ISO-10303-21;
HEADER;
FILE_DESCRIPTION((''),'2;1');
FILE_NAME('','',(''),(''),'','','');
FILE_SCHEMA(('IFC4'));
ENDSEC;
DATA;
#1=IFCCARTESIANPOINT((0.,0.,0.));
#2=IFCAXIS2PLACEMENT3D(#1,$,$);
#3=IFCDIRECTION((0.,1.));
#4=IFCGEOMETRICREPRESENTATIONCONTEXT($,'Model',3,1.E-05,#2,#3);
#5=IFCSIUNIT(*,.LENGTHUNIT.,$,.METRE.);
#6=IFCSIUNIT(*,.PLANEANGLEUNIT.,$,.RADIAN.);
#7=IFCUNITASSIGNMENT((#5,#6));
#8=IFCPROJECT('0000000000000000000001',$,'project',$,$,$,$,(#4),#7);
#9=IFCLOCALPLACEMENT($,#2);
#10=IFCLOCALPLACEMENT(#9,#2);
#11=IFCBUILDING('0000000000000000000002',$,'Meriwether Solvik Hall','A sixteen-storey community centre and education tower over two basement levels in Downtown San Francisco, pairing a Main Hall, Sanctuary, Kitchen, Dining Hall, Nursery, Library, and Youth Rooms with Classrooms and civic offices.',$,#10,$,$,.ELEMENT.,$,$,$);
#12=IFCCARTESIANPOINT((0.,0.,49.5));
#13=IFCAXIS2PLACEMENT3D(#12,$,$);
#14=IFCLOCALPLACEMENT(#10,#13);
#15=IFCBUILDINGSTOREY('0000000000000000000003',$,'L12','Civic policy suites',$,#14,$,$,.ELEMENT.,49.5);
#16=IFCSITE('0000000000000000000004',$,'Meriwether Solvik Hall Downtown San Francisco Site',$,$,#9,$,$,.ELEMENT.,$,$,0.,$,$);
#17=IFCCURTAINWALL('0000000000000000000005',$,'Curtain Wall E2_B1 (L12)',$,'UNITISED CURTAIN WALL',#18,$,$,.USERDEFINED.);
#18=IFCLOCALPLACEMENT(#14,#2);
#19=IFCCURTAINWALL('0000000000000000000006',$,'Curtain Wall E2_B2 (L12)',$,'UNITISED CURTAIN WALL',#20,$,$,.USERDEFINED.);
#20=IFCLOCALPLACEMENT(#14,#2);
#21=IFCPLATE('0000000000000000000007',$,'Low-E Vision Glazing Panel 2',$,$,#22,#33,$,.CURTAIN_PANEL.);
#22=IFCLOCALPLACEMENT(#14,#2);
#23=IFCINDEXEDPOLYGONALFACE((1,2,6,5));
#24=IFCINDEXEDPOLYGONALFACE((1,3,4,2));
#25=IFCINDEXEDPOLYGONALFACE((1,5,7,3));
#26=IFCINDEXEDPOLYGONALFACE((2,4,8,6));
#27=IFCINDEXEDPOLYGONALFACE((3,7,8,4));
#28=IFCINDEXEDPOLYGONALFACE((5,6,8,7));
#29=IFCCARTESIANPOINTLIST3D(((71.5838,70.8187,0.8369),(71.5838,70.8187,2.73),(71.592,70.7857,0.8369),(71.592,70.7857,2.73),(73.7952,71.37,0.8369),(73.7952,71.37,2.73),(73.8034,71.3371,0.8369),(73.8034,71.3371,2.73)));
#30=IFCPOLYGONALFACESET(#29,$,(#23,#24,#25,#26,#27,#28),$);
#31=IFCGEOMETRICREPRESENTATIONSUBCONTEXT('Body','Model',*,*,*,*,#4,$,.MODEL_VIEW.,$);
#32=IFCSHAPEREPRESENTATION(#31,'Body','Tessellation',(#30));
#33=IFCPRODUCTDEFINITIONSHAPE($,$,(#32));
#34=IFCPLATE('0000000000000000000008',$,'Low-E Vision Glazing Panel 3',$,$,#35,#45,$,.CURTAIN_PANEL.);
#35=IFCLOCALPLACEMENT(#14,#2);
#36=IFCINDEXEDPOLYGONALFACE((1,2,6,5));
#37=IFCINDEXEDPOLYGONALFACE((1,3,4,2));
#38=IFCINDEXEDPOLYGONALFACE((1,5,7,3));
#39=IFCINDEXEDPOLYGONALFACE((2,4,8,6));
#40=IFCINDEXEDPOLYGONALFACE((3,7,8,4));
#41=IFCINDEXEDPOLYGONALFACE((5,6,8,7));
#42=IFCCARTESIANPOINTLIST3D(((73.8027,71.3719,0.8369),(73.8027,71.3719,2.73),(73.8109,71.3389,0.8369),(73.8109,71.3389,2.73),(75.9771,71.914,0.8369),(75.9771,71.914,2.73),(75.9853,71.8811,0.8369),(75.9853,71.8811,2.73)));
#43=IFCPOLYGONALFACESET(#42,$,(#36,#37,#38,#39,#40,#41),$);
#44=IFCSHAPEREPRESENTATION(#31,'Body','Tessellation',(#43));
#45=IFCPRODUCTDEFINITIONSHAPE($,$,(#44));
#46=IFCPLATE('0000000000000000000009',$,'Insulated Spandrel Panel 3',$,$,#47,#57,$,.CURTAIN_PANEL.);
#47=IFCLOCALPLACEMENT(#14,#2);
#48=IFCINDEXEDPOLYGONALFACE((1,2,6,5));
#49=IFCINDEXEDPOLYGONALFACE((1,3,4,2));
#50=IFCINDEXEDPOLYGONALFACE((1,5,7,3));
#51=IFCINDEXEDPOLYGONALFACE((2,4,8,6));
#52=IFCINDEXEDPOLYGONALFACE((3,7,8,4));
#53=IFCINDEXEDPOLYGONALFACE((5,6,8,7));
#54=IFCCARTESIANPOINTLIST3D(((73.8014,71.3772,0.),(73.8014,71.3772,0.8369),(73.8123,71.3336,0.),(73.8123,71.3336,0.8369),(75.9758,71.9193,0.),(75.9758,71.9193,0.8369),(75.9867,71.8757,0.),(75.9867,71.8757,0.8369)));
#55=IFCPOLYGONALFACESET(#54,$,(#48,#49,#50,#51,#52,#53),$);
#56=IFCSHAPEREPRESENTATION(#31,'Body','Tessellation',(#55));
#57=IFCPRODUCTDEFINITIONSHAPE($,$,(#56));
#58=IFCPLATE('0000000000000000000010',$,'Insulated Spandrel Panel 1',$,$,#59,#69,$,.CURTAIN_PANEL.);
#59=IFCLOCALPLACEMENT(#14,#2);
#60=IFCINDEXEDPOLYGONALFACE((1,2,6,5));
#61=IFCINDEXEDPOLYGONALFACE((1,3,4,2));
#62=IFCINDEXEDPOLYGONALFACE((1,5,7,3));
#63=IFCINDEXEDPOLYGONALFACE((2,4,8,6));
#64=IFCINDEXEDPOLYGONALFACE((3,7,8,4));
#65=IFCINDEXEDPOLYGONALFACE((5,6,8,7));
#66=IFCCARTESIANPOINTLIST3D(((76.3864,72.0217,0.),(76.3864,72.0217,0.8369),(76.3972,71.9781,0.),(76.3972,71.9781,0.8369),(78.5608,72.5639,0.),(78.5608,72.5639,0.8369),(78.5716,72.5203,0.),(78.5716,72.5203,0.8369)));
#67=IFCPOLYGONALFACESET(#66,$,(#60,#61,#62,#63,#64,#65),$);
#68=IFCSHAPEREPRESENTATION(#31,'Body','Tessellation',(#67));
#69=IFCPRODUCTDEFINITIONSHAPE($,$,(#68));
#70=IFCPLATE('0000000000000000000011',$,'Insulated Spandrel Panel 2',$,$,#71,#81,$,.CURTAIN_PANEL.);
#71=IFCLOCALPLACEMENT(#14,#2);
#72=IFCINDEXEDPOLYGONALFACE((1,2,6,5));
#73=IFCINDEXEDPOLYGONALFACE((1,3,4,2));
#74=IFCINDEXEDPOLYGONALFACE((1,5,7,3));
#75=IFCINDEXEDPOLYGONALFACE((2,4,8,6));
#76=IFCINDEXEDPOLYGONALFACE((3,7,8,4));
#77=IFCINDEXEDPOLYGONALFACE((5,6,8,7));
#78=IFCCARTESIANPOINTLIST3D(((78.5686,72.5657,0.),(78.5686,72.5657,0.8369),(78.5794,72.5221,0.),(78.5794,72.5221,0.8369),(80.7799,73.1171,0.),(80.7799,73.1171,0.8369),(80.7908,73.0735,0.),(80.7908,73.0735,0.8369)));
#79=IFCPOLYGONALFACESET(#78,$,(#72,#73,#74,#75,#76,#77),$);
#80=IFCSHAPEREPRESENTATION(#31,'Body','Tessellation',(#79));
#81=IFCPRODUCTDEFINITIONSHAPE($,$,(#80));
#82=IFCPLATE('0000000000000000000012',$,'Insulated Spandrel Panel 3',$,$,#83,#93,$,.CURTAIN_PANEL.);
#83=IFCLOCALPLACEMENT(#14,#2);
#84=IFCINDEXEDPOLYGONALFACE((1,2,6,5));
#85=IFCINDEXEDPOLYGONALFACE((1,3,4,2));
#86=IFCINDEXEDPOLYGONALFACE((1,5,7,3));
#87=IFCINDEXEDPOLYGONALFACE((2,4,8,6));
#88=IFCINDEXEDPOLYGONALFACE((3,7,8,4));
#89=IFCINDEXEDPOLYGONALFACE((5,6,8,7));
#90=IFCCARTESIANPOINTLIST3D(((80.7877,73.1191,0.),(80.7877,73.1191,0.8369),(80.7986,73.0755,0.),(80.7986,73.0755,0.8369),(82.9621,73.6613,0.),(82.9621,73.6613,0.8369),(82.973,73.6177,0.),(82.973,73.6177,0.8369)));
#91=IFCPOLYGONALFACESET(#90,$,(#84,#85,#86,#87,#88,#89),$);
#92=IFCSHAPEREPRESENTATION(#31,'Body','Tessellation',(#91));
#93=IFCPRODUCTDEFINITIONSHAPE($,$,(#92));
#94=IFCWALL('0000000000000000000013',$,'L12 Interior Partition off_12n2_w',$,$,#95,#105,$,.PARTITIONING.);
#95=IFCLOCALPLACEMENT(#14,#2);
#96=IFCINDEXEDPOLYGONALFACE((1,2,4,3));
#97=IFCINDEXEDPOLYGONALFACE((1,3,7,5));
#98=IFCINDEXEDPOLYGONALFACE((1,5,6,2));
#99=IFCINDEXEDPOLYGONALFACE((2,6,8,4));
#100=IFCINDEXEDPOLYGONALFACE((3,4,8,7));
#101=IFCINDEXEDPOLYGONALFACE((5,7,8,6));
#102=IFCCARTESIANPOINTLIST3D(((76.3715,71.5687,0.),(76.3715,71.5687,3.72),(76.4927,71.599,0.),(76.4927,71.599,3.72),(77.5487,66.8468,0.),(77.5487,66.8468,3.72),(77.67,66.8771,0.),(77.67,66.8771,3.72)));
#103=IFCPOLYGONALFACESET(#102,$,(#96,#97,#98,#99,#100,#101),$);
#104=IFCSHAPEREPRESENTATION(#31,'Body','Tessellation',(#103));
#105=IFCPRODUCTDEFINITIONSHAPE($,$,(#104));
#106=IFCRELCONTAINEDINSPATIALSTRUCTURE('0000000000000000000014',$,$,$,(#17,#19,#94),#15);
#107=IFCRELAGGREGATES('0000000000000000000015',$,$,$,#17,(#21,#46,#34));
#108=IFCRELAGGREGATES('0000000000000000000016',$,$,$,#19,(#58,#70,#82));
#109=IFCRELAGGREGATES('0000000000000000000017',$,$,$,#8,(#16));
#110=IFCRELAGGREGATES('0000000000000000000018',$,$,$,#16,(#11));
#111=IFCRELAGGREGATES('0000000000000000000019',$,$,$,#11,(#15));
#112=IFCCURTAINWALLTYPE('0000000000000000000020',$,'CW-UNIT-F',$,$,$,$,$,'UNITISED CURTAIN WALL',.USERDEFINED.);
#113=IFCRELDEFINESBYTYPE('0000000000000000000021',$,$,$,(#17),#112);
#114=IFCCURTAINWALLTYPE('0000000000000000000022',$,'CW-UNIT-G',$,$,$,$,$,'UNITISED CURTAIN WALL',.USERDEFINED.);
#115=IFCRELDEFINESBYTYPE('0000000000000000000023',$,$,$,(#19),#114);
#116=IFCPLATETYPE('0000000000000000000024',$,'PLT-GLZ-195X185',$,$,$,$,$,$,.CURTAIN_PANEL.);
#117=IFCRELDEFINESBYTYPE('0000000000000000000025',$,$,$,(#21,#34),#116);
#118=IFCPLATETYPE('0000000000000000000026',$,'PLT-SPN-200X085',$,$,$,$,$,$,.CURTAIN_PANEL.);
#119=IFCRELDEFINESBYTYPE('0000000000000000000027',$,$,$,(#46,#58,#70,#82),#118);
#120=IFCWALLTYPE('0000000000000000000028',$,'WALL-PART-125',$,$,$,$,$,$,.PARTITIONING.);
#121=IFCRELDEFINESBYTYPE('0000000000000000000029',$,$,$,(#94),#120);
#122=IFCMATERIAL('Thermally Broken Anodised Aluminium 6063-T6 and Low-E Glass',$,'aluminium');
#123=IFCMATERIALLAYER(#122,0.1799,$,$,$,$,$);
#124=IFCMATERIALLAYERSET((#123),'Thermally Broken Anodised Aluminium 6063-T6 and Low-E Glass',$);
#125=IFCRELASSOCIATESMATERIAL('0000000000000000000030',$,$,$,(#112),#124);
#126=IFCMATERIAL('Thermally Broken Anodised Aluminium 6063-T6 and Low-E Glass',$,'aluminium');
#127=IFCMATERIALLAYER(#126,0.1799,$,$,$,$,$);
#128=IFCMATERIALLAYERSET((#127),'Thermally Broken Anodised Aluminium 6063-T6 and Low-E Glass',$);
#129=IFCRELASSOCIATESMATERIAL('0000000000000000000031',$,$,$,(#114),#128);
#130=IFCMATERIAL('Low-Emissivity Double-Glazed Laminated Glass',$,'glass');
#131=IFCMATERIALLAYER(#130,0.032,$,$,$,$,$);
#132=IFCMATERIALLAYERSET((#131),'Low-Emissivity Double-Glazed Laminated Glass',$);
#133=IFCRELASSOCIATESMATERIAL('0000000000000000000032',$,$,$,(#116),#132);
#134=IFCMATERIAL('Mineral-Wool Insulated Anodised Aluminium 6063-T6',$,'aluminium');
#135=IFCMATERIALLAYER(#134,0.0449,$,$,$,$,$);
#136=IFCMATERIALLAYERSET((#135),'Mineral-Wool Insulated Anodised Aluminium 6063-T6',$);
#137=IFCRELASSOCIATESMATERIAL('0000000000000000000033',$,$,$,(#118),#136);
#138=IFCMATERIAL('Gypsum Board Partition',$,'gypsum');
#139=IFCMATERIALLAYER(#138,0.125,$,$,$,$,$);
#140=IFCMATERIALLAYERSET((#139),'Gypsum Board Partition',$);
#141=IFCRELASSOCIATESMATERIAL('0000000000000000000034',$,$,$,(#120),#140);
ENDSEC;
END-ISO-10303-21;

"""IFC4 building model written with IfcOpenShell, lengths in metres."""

from ifc_helpers import new_model, si_unit, direction, frame, frame_2d, origin, origin_2d, place, context, subcontext, project, spatial, rectangle, extrude, material, layer, layer_set, type_object, element, aggregate, save


model = new_model("IFC4")

# Units and contexts
model_context = context("Model", 3, precision=1e-05, world=origin(), true_north=direction((0.0, 1.0)))
body_context = subcontext(model_context, "Body", "Model", "MODEL_VIEW")
ifc_project = project(units=[si_unit("LENGTHUNIT", "METRE"), si_unit("PLANEANGLEUNIT", "RADIAN")], contexts=[model_context])

# Site, building, storey
site_placement = place(None, origin())
site = spatial("IfcSite", under=ifc_project, at=site_placement, Name="Meriwether Solvik Hall Downtown San Francisco Site", CompositionType="ELEMENT", RefElevation=0.0)
building_placement = place(site_placement, origin())
building = spatial("IfcBuilding", under=site, at=building_placement, Name="Meriwether Solvik Hall", Description="A sixteen-storey community centre and education tower over two basement levels in Downtown San Francisco, pairing a Main Hall, Sanctuary, Kitchen, Dining Hall, Nursery, Library, and Youth Rooms with Classrooms and civic offices.", CompositionType="ELEMENT")
storey_placement = place(building_placement, frame((0.0, 0.0, 49.5)))
storey = spatial("IfcBuildingStorey", under=building, at=storey_placement, Name="L12", Description="Civic policy suites", CompositionType="ELEMENT", Elevation=49.5)

# Curtain walls
ifc_material_1 = material(Name="Thermally Broken Anodised Aluminium 6063-T6 and Low-E Glass", Category="aluminium")
ifc_layer_1 = layer(ifc_material_1, 0.1799)
ifc_layer_set_1 = layer_set([ifc_layer_1], Name="Thermally Broken Anodised Aluminium 6063-T6 and Low-E Glass")
curtain_wall_type_1 = type_object("IfcCurtainWallType", Name="CW-UNIT-F", ElementType="UNITISED CURTAIN WALL", PredefinedType="USERDEFINED", material=ifc_layer_set_1)
curtain_wall_1_placement = place(storey_placement, origin())
curtain_wall_1 = element("IfcCurtainWall", 1, at=curtain_wall_1_placement, inside=storey, type_object=curtain_wall_type_1, Name="Curtain Wall E2_B1 (L12)", ObjectType="UNITISED CURTAIN WALL", PredefinedType="USERDEFINED")
ifc_material_2 = material(Name="Thermally Broken Anodised Aluminium 6063-T6 and Low-E Glass", Category="aluminium")
ifc_layer_2 = layer(ifc_material_2, 0.1799)
ifc_layer_set_2 = layer_set([ifc_layer_2], Name="Thermally Broken Anodised Aluminium 6063-T6 and Low-E Glass")
curtain_wall_type_2 = type_object("IfcCurtainWallType", Name="CW-UNIT-G", ElementType="UNITISED CURTAIN WALL", PredefinedType="USERDEFINED", material=ifc_layer_set_2)
curtain_wall_2_placement = place(storey_placement, origin())
curtain_wall_2 = element("IfcCurtainWall", 2, at=curtain_wall_2_placement, inside=storey, type_object=curtain_wall_type_2, Name="Curtain Wall E2_B2 (L12)", ObjectType="UNITISED CURTAIN WALL", PredefinedType="USERDEFINED")

# Plates
ifc_material_3 = material(Name="Low-Emissivity Double-Glazed Laminated Glass", Category="glass")
ifc_layer_3 = layer(ifc_material_3, 0.032)
ifc_layer_set_3 = layer_set([ifc_layer_3], Name="Low-Emissivity Double-Glazed Laminated Glass")
plate_type_1 = type_object("IfcPlateType", Name="PLT-GLZ-195X185", PredefinedType="CURTAIN_PANEL", material=ifc_layer_set_3)
plate_1_placement = place(storey_placement, frame((72.6936, 71.0779, 0.8369), z_axis=(0.0, 0.0, 1.0), x_axis=(0.970296, 0.241922, 0.0)))
plate_1 = element("IfcPlate", 3, at=plate_1_placement, type_object=plate_type_1, Name="Low-E Vision Glazing Panel 2", PredefinedType="CURTAIN_PANEL", context=body_context, shape_type="SweptSolid", body=[
    extrude(rectangle(XDim=2.2791, YDim=0.0339, at=origin_2d()), origin(), (0.0, 0.0, 1.0), 1.8931),
])
plate_2_placement = place(storey_placement, frame((74.894, 71.6265, 0.8369), z_axis=(0.0, 0.0, 1.0), x_axis=(0.970296, 0.241922, 0.0)))
plate_2 = element("IfcPlate", 4, at=plate_2_placement, type_object=plate_type_1, Name="Low-E Vision Glazing Panel 3", PredefinedType="CURTAIN_PANEL", context=body_context, shape_type="SweptSolid", body=[
    extrude(rectangle(XDim=2.241, YDim=0.0339, at=origin_2d()), origin(), (0.0, 0.0, 1.0), 1.8931),
])
ifc_material_4 = material(Name="Mineral-Wool Insulated Anodised Aluminium 6063-T6", Category="aluminium")
ifc_layer_4 = layer(ifc_material_4, 0.0449)
ifc_layer_set_4 = layer_set([ifc_layer_4], Name="Mineral-Wool Insulated Anodised Aluminium 6063-T6")
plate_type_2 = type_object("IfcPlateType", Name="PLT-SPN-200X085", PredefinedType="CURTAIN_PANEL", material=ifc_layer_set_4)
plate_3_placement = place(storey_placement, frame((74.894, 71.6265, 0.0), z_axis=(0.0, 0.0, 1.0), x_axis=(0.970296, 0.241922, 0.0)))
plate_3 = element("IfcPlate", 5, at=plate_3_placement, type_object=plate_type_2, Name="Insulated Spandrel Panel 3", PredefinedType="CURTAIN_PANEL", context=body_context, shape_type="SweptSolid", body=[
    extrude(rectangle(XDim=2.241, YDim=0.0449, at=origin_2d()), origin(), (0.0, 0.0, 1.0), 0.8369),
])
aggregate(curtain_wall_1, [plate_1, plate_3, plate_2])
plate_4_placement = place(storey_placement, frame((77.479, 72.271, 0.0), z_axis=(0.0, 0.0, 1.0), x_axis=(0.970296, 0.241922, 0.0)))
plate_4 = element("IfcPlate", 6, at=plate_4_placement, type_object=plate_type_2, Name="Insulated Spandrel Panel 1", PredefinedType="CURTAIN_PANEL", context=body_context, shape_type="SweptSolid", body=[
    extrude(rectangle(XDim=2.241, YDim=0.0449, at=origin_2d()), origin(), (0.0, 0.0, 1.0), 0.8369),
])
plate_5_placement = place(storey_placement, frame((79.6797, 72.8196, 0.0), z_axis=(0.0, 0.0, 1.0), x_axis=(0.970296, 0.241922, 0.0)))
plate_5 = element("IfcPlate", 7, at=plate_5_placement, type_object=plate_type_2, Name="Insulated Spandrel Panel 2", PredefinedType="CURTAIN_PANEL", context=body_context, shape_type="SweptSolid", body=[
    extrude(rectangle(XDim=2.2791, YDim=0.0449, at=origin_2d()), origin(), (0.0, 0.0, 1.0), 0.8369),
])
plate_6_placement = place(storey_placement, frame((81.8804, 73.3684, 0.0), z_axis=(0.0, 0.0, 1.0), x_axis=(0.970296, 0.241922, 0.0)))
plate_6 = element("IfcPlate", 8, at=plate_6_placement, type_object=plate_type_2, Name="Insulated Spandrel Panel 3", PredefinedType="CURTAIN_PANEL", context=body_context, shape_type="SweptSolid", body=[
    extrude(rectangle(XDim=2.241, YDim=0.0449, at=origin_2d()), origin(), (0.0, 0.0, 1.0), 0.8369),
])
aggregate(curtain_wall_2, [plate_4, plate_5, plate_6])

# Wall
ifc_material_5 = material(Name="Gypsum Board Partition", Category="gypsum")
ifc_layer_5 = layer(ifc_material_5, 0.125)
ifc_layer_set_5 = layer_set([ifc_layer_5], Name="Gypsum Board Partition")
wall_type = type_object("IfcWallType", Name="WALL-PART-125", PredefinedType="PARTITIONING", material=ifc_layer_set_5)
wall_placement = place(storey_placement, frame((76.4321, 71.5837, 0.0), z_axis=(0.0, 0.0, 1.0), x_axis=(0.24191, -0.970299, 0.0)))
element("IfcWall", 9, at=wall_placement, inside=storey, type_object=wall_type, Name="L12 Interior Partition off_12n2_w", PredefinedType="PARTITIONING", context=body_context, shape_type="SweptSolid", body=[
    extrude(rectangle(XDim=4.8665, YDim=0.125, at=frame_2d((2.4331, 0.0))), origin(), (0.0, 0.0, 1.0), 3.72),
])

save(model, "model.ifc")
